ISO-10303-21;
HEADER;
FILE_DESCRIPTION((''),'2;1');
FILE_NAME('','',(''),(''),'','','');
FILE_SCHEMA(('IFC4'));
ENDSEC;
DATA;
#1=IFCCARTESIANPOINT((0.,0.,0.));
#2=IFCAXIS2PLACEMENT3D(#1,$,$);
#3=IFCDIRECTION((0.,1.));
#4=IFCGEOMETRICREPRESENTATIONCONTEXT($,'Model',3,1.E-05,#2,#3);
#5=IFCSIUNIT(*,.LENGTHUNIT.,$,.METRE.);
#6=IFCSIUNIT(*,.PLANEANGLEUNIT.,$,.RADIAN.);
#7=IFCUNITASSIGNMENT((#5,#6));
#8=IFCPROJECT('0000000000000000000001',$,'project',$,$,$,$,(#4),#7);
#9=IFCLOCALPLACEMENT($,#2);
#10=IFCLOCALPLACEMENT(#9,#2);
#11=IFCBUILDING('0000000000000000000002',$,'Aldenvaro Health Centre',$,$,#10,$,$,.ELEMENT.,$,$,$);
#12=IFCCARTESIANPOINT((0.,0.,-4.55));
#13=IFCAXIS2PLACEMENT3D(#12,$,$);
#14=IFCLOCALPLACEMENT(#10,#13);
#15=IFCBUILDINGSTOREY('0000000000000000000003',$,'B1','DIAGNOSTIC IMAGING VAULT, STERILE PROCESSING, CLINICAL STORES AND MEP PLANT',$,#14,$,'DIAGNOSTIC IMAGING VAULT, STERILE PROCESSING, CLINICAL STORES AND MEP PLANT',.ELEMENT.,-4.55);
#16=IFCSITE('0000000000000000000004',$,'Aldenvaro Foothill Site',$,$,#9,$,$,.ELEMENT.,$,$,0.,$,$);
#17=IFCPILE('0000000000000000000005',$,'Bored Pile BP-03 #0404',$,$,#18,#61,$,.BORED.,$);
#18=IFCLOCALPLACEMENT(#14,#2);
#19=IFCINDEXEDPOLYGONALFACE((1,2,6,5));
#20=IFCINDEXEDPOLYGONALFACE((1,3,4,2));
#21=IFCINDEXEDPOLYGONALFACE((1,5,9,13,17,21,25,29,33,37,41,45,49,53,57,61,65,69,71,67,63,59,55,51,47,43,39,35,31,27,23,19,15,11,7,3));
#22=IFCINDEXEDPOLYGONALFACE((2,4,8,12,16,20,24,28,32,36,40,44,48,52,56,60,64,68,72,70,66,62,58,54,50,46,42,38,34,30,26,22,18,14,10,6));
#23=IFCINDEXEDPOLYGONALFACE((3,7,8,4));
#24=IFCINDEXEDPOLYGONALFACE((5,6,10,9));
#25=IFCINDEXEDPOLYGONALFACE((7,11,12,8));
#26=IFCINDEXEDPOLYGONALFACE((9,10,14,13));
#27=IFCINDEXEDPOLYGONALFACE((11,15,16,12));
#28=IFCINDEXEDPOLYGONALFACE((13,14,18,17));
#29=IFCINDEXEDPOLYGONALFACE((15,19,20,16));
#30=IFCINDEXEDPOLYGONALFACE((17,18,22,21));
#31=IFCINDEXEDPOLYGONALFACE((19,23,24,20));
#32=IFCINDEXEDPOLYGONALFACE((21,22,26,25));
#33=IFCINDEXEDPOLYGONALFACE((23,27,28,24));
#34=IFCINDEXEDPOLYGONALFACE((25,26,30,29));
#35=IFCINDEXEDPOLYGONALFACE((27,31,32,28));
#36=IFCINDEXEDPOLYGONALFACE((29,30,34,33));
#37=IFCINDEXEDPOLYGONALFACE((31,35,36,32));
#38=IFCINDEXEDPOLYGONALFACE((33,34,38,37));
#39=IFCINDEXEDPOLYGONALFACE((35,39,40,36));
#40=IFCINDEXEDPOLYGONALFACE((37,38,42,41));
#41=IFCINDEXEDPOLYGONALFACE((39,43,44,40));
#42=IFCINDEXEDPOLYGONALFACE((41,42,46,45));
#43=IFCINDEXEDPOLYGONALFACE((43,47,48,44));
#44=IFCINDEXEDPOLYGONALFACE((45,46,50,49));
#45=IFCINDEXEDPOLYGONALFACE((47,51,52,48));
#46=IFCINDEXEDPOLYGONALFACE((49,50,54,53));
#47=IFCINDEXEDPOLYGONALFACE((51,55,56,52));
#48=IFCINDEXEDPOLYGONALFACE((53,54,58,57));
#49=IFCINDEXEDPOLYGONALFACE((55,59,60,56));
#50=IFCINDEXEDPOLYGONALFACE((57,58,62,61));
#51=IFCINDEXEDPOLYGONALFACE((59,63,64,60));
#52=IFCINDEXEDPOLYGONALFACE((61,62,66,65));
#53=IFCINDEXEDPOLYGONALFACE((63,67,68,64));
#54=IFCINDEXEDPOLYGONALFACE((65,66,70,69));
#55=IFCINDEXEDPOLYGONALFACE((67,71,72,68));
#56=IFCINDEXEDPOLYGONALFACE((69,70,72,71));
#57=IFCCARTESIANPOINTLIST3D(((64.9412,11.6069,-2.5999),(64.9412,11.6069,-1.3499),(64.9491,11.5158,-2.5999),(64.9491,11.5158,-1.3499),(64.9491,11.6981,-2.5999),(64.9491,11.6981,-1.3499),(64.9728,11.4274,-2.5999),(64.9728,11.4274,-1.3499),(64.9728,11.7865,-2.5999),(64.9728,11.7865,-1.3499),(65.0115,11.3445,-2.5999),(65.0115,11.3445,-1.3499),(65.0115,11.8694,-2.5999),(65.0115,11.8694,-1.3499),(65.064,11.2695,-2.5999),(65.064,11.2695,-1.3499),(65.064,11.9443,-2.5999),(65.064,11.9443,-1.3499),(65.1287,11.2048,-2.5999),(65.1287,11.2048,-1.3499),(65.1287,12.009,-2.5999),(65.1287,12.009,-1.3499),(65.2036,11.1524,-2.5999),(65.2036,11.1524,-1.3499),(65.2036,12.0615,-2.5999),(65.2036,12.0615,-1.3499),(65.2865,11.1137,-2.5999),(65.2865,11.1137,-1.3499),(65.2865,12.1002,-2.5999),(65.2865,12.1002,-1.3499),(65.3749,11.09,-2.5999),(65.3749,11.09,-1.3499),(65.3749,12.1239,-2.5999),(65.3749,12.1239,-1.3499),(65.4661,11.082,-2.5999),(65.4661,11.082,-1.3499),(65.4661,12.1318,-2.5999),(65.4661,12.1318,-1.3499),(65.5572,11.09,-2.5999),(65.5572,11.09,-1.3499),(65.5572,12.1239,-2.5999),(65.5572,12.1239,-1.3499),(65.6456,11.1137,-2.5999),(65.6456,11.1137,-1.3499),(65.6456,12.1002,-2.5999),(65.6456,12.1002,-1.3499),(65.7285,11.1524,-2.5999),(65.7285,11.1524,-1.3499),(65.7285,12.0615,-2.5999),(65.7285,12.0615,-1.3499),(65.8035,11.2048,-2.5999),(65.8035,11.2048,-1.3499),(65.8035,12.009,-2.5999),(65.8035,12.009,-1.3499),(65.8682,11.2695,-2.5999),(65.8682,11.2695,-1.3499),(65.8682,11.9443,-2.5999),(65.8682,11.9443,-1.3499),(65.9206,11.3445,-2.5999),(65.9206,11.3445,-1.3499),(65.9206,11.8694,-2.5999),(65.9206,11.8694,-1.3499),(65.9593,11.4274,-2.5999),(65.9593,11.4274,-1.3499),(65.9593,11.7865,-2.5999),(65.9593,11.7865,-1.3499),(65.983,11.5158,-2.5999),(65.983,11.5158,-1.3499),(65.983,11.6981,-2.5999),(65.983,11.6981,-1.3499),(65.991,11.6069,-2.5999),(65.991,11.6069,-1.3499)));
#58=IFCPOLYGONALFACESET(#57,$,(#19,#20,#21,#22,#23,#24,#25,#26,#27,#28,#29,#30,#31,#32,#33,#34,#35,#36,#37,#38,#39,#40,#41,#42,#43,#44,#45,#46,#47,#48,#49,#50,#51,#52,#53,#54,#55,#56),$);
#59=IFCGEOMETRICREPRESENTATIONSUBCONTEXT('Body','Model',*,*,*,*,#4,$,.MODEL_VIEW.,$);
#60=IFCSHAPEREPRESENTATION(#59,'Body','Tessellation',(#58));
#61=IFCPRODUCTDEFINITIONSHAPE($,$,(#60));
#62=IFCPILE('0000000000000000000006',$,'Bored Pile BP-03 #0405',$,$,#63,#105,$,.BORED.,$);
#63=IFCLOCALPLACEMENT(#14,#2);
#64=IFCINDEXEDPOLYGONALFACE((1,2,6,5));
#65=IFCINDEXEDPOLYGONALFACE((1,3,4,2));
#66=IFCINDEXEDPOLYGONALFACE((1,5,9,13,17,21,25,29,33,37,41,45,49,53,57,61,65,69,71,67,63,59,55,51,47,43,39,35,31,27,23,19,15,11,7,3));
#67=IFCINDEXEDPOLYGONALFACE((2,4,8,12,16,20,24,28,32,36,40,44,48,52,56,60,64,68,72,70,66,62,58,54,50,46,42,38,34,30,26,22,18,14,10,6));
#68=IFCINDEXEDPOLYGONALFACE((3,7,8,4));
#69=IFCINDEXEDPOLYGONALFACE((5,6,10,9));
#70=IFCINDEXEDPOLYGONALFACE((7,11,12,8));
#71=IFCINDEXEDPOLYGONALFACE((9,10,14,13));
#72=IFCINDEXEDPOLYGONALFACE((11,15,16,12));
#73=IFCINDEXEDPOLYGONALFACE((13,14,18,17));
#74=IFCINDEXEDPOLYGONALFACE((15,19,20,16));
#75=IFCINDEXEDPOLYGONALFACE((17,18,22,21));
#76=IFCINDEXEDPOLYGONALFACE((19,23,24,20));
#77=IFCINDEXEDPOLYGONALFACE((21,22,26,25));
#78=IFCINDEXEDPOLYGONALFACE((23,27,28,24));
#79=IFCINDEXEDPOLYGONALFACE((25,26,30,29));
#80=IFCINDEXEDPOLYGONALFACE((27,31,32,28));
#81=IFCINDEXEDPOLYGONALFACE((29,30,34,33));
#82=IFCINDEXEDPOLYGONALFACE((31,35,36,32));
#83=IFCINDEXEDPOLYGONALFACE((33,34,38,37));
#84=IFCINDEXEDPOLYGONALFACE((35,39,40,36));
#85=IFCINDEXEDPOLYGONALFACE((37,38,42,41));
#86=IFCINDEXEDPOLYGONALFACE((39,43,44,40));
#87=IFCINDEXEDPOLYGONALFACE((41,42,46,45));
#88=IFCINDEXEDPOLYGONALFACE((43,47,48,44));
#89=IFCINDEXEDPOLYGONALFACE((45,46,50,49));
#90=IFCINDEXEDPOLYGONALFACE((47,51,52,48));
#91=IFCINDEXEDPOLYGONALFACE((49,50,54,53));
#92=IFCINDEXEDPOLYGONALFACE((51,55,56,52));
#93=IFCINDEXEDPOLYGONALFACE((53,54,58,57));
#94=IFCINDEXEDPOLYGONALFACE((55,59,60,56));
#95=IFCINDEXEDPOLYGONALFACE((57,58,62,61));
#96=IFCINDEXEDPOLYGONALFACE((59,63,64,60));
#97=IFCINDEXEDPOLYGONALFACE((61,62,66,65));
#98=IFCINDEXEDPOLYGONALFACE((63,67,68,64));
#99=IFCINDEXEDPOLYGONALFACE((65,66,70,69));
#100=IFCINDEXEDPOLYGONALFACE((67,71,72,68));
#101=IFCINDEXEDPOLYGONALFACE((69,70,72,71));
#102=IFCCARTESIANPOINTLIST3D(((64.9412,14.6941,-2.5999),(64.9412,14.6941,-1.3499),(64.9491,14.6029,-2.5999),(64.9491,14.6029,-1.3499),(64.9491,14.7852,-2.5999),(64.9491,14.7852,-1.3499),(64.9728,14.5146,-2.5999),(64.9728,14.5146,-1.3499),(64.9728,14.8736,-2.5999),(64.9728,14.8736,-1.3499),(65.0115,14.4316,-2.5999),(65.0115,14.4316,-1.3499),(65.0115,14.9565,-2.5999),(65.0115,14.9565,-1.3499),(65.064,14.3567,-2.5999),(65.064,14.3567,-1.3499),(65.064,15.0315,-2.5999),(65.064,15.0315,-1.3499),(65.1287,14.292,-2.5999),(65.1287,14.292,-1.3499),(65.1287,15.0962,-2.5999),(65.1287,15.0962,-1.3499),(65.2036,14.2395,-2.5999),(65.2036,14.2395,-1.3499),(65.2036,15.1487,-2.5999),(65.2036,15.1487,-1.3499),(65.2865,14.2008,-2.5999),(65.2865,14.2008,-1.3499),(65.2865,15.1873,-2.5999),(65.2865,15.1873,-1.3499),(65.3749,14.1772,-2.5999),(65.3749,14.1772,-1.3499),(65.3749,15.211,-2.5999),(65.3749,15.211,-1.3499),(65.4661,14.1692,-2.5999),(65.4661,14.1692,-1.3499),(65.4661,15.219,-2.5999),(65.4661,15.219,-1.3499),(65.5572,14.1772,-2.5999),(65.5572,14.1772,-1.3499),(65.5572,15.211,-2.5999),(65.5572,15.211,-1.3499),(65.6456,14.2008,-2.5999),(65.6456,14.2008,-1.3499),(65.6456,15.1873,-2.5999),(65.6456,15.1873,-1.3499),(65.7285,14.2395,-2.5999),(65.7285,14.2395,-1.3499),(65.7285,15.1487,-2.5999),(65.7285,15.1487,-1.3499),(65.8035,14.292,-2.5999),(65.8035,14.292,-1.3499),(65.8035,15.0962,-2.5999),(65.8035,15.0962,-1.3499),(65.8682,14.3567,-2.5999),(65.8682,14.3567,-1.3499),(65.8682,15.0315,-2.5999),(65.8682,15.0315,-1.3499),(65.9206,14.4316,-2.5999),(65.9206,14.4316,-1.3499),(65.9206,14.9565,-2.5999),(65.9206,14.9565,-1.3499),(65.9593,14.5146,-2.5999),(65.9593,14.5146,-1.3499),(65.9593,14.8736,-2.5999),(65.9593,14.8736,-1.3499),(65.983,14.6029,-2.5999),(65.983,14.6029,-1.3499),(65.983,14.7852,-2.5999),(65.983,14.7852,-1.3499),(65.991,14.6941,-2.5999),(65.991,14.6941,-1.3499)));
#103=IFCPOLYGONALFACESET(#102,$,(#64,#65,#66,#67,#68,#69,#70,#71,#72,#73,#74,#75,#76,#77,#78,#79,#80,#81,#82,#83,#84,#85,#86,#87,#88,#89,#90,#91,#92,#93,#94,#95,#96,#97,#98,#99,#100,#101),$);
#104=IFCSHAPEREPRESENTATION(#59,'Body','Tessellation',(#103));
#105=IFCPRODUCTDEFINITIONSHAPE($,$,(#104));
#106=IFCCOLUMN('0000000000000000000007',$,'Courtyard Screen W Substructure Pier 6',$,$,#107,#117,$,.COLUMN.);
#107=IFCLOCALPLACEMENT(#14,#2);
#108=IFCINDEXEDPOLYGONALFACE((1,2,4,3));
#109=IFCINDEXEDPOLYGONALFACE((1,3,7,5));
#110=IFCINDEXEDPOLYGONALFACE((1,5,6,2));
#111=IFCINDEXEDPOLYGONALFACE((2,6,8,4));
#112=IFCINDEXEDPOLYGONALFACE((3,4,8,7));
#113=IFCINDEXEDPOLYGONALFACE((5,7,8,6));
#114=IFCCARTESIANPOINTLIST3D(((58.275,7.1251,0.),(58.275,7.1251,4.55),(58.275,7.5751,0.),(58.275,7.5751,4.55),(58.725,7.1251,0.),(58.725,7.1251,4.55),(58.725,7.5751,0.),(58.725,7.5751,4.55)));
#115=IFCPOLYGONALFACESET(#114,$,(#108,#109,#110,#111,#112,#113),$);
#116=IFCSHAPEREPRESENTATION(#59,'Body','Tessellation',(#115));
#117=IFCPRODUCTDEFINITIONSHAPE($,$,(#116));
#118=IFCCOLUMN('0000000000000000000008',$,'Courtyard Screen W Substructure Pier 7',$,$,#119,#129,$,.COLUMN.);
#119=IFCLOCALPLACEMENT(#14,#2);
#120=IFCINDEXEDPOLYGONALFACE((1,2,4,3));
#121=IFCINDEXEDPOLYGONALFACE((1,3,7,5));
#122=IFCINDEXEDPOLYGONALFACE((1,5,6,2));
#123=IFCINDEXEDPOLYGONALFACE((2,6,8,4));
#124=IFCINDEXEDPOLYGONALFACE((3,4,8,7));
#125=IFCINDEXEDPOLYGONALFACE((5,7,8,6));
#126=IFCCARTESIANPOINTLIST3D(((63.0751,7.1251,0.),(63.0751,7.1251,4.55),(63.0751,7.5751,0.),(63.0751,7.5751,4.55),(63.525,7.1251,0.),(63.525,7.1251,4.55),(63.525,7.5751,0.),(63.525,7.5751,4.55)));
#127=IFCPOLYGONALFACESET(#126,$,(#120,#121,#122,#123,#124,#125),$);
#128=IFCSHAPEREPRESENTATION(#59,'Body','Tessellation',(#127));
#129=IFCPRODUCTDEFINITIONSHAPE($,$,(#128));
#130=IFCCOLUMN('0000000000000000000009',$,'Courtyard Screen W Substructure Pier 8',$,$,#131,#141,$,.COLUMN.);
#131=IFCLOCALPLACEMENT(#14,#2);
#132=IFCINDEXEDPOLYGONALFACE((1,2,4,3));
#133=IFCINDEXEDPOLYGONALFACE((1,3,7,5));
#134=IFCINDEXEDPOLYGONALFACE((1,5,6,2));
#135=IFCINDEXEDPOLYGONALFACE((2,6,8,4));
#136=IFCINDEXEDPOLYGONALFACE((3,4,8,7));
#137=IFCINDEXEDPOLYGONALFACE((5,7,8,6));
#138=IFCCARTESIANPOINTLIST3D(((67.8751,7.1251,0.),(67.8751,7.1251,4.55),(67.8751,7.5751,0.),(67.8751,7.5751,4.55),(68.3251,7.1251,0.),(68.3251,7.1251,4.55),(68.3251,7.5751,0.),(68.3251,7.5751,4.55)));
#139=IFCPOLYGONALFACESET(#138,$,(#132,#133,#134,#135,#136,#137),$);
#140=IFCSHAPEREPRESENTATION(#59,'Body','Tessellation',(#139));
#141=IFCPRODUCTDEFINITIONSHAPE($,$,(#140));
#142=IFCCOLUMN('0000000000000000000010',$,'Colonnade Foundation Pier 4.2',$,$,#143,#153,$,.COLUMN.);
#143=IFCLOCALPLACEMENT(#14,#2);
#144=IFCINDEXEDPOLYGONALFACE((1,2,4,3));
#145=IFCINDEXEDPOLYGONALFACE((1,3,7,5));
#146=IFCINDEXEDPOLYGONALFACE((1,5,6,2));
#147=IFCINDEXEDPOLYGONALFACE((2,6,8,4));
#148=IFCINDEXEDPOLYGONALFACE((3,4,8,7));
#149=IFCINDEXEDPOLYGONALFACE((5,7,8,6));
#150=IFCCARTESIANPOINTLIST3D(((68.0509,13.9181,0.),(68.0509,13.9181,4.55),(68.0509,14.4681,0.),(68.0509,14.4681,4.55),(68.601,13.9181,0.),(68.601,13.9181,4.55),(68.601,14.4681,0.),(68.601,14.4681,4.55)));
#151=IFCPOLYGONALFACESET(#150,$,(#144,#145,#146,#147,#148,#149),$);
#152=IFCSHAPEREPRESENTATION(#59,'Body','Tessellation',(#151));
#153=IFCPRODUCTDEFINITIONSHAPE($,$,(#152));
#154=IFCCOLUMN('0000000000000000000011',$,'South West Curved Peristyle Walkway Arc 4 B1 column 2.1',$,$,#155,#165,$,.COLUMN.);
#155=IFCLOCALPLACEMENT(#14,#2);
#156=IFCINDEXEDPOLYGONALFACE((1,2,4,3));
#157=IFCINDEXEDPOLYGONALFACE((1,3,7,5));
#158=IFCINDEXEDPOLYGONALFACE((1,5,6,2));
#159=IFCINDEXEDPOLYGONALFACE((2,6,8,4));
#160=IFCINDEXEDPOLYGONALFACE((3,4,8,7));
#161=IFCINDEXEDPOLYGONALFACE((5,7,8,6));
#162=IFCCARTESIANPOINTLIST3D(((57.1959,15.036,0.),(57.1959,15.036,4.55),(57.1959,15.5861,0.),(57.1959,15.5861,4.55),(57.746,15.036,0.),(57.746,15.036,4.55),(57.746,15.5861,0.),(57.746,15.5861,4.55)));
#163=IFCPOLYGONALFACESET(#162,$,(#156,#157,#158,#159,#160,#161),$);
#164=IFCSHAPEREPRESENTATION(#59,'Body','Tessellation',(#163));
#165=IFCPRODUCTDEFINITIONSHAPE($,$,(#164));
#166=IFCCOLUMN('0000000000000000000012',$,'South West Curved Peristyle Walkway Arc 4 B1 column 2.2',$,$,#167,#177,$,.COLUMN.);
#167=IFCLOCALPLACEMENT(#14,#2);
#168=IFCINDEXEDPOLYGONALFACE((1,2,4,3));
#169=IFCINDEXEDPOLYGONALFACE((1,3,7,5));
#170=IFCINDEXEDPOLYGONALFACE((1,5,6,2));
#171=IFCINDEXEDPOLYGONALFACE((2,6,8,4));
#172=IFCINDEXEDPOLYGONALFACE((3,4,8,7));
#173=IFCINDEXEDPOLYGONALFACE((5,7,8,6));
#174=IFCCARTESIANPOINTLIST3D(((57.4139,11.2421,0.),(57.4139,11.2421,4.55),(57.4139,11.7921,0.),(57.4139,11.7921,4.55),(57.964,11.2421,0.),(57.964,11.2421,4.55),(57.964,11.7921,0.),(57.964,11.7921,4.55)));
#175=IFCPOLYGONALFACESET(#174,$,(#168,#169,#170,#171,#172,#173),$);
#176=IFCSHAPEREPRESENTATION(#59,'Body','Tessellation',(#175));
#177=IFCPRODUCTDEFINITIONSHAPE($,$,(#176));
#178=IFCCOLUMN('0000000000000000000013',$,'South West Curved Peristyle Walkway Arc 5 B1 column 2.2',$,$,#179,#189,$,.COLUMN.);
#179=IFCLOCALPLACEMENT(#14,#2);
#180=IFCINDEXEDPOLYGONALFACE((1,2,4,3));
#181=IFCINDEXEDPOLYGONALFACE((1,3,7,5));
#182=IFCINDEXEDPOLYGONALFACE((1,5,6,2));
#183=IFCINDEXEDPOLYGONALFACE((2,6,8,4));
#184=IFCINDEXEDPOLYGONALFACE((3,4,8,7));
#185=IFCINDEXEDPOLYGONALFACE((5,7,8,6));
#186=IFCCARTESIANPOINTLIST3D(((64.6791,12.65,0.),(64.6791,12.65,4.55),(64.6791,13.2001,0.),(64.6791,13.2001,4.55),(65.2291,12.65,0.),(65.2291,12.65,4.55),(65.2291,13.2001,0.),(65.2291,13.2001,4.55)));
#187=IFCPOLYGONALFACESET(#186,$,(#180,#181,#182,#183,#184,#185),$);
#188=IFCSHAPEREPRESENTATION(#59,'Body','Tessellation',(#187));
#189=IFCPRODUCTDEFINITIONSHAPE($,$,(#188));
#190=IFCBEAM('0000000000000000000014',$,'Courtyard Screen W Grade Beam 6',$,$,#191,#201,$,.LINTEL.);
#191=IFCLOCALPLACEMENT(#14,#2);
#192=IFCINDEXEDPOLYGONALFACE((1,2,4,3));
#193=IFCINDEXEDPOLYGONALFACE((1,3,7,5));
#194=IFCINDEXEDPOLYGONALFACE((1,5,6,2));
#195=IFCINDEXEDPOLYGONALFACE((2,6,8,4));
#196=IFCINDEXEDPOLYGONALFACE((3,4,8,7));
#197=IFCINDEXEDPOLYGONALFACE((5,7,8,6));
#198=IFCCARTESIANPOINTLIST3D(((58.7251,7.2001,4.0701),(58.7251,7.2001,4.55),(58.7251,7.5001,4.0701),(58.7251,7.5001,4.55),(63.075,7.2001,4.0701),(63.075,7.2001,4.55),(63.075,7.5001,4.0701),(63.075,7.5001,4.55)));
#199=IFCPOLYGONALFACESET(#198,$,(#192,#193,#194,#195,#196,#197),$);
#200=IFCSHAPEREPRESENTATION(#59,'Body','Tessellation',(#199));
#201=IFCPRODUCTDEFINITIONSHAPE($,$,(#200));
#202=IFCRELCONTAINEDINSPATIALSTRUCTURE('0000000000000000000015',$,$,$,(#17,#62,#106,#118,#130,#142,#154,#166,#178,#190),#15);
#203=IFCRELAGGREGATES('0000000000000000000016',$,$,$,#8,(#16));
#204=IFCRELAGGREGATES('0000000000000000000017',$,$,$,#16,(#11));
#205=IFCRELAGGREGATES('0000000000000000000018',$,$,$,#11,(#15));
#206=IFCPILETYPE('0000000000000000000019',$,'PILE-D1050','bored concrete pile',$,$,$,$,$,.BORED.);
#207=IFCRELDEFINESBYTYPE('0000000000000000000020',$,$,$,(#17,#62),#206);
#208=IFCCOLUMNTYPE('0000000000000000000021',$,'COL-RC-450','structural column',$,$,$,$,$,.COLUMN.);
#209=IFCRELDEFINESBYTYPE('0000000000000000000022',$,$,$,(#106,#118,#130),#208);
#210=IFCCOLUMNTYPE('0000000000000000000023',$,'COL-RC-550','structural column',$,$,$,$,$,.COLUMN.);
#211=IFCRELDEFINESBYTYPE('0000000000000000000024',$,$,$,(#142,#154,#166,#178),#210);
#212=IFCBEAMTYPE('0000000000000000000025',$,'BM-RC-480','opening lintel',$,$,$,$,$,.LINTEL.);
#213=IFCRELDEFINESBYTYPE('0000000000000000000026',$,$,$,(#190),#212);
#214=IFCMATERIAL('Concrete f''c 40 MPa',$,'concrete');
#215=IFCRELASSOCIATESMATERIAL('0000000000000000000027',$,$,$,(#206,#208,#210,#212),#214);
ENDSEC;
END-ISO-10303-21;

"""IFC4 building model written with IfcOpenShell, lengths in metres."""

from ifc_helpers import new_model, si_unit, direction, frame, origin, origin_2d, place, context, subcontext, project, spatial, rectangle, circle, extrude, material, material_profile, profile_set, type_object, element, save


model = new_model("IFC4")

# Units and contexts
model_context = context("Model", 3, precision=1e-05, world=origin(), true_north=direction((0.0, 1.0)))
body_context = subcontext(model_context, "Body", "Model", "MODEL_VIEW")
ifc_project = project(units=[si_unit("LENGTHUNIT", "METRE"), si_unit("PLANEANGLEUNIT", "RADIAN")], contexts=[model_context])

# Site, building, storey
site_placement = place(None, origin())
site = spatial("IfcSite", under=ifc_project, at=site_placement, Name="Aldenvaro Foothill Site", CompositionType="ELEMENT", RefElevation=0.0)
building_placement = place(site_placement, origin())
building = spatial("IfcBuilding", under=site, at=building_placement, Name="Aldenvaro Health Centre", CompositionType="ELEMENT")
storey_placement = place(building_placement, frame((0.0, 0.0, -4.55)))
storey = spatial("IfcBuildingStorey", under=building, at=storey_placement, Name="B1", Description="DIAGNOSTIC IMAGING VAULT, STERILE PROCESSING, CLINICAL STORES AND MEP PLANT", LongName="DIAGNOSTIC IMAGING VAULT, STERILE PROCESSING, CLINICAL STORES AND MEP PLANT", CompositionType="ELEMENT", Elevation=-4.55)

# Piles
ifc_material_1 = material(Name="Concrete f'c 40 MPa", Category="concrete")
ifc_material_profile_1 = material_profile(ifc_material_1, circle(Radius=0.5249, at=origin_2d()), Name="PILE D1050", Category="concrete")
ifc_profile_set_1 = profile_set([ifc_material_profile_1], Name="Concrete f'c 40 MPa")
pile_type = type_object("IfcPileType", Name="PILE-D1050", Description="bored concrete pile", PredefinedType="BORED", material=ifc_profile_set_1)
for number, where, z_axis, x_axis, name in (
    (1, (65.4661, 11.6069, -1.3499), (0.0, 0.0, -1.0), (1.0, 0.0, 0.0), "Bored Pile BP-03 #0404"),
    (2, (65.4661, 14.6941, -1.3499), (0.0, 0.0, -1.0), (1.0, 0.0, 0.0), "Bored Pile BP-03 #0405"),
):
    element("IfcPile", number, at=place(storey_placement, frame(where, z_axis=z_axis, x_axis=x_axis)), inside=storey, type_object=pile_type, Name=name, PredefinedType="BORED", context=body_context, shape_type="SweptSolid", body=[
        extrude(circle(Radius=0.5249, at=origin_2d()), origin(), (0.0, 0.0, 1.0), 1.25),
    ])

# Columns
ifc_material_profile_2 = material_profile(ifc_material_1, rectangle(XDim=0.45, YDim=0.45, at=origin_2d()), Name="RC 450x450", Category="concrete")
ifc_profile_set_2 = profile_set([ifc_material_profile_2], Name="Concrete f'c 40 MPa")
column_type_1 = type_object("IfcColumnType", Name="COL-RC-450", Description="structural column", PredefinedType="COLUMN", material=ifc_profile_set_2)
for number, where, z_axis, x_axis, name in (
    (3, (58.5, 7.3501, 0.0), (0.0, 0.0, 1.0), (1.0, 0.0, 0.0), "Courtyard Screen W Substructure Pier 6"),
    (4, (63.3, 7.3501, 0.0), (0.0, 0.0, 1.0), (1.0, 0.0, 0.0), "Courtyard Screen W Substructure Pier 7"),
    (5, (68.1001, 7.3501, 0.0), (0.0, 0.0, 1.0), (1.0, 0.0, 0.0), "Courtyard Screen W Substructure Pier 8"),
):
    element("IfcColumn", number, at=place(storey_placement, frame(where, z_axis=z_axis, x_axis=x_axis)), inside=storey, type_object=column_type_1, Name=name, PredefinedType="COLUMN", context=body_context, shape_type="SweptSolid", body=[
        extrude(rectangle(XDim=0.45, YDim=0.45, at=origin_2d()), origin(), (0.0, 0.0, 1.0), 4.55),
    ])
ifc_material_profile_3 = material_profile(ifc_material_1, rectangle(XDim=0.55, YDim=0.55, at=origin_2d()), Name="RC 550x550", Category="concrete")
ifc_profile_set_3 = profile_set([ifc_material_profile_3], Name="Concrete f'c 40 MPa")
column_type_2 = type_object("IfcColumnType", Name="COL-RC-550", Description="structural column", PredefinedType="COLUMN", material=ifc_profile_set_3)
for number, where, z_axis, x_axis, name in (
    (6, (68.3259, 14.1931, 0.0), (0.0, 0.0, 1.0), (1.0, 0.0, 0.0), "Colonnade Foundation Pier 4.2"),
    (7, (57.4709, 15.311, 0.0), (0.0, 0.0, 1.0), (1.0, 0.0, 0.0), "South West Curved Peristyle Walkway Arc 4 B1 column 2.1"),
    (8, (57.689, 11.5171, 0.0), (0.0, 0.0, 1.0), (1.0, 0.0, 0.0), "South West Curved Peristyle Walkway Arc 4 B1 column 2.2"),
    (9, (64.9541, 12.925, 0.0), (0.0, 0.0, 1.0), (1.0, 0.0, 0.0), "South West Curved Peristyle Walkway Arc 5 B1 column 2.2"),
):
    element("IfcColumn", number, at=place(storey_placement, frame(where, z_axis=z_axis, x_axis=x_axis)), inside=storey, type_object=column_type_2, Name=name, PredefinedType="COLUMN", context=body_context, shape_type="SweptSolid", body=[
        extrude(rectangle(XDim=0.55, YDim=0.55, at=origin_2d()), origin(), (0.0, 0.0, 1.0), 4.55),
    ])

# Beam
ifc_material_profile_4 = material_profile(ifc_material_1, rectangle(XDim=0.3, YDim=0.48, at=origin_2d()), Name="RC 300x480", Category="concrete")
ifc_profile_set_4 = profile_set([ifc_material_profile_4], Name="Concrete f'c 40 MPa")
beam_type_1 = type_object("IfcBeamType", Name="BM-RC-480", Description="opening lintel", PredefinedType="LINTEL", material=ifc_profile_set_4)
beam_1_placement = place(storey_placement, frame((58.7251, 7.3501, 4.3101), z_axis=(1.0, 0.0, 0.0), x_axis=(0.0, 1.0, 0.0)))
element("IfcBeam", 10, at=beam_1_placement, inside=storey, type_object=beam_type_1, Name="Courtyard Screen W Grade Beam 6", PredefinedType="LINTEL", context=body_context, shape_type="SweptSolid", body=[
    extrude(rectangle(XDim=0.3, YDim=0.48, at=origin_2d()), origin(), (0.0, 0.0, 1.0), 4.3499),
])

save(model, "model.ifc")
